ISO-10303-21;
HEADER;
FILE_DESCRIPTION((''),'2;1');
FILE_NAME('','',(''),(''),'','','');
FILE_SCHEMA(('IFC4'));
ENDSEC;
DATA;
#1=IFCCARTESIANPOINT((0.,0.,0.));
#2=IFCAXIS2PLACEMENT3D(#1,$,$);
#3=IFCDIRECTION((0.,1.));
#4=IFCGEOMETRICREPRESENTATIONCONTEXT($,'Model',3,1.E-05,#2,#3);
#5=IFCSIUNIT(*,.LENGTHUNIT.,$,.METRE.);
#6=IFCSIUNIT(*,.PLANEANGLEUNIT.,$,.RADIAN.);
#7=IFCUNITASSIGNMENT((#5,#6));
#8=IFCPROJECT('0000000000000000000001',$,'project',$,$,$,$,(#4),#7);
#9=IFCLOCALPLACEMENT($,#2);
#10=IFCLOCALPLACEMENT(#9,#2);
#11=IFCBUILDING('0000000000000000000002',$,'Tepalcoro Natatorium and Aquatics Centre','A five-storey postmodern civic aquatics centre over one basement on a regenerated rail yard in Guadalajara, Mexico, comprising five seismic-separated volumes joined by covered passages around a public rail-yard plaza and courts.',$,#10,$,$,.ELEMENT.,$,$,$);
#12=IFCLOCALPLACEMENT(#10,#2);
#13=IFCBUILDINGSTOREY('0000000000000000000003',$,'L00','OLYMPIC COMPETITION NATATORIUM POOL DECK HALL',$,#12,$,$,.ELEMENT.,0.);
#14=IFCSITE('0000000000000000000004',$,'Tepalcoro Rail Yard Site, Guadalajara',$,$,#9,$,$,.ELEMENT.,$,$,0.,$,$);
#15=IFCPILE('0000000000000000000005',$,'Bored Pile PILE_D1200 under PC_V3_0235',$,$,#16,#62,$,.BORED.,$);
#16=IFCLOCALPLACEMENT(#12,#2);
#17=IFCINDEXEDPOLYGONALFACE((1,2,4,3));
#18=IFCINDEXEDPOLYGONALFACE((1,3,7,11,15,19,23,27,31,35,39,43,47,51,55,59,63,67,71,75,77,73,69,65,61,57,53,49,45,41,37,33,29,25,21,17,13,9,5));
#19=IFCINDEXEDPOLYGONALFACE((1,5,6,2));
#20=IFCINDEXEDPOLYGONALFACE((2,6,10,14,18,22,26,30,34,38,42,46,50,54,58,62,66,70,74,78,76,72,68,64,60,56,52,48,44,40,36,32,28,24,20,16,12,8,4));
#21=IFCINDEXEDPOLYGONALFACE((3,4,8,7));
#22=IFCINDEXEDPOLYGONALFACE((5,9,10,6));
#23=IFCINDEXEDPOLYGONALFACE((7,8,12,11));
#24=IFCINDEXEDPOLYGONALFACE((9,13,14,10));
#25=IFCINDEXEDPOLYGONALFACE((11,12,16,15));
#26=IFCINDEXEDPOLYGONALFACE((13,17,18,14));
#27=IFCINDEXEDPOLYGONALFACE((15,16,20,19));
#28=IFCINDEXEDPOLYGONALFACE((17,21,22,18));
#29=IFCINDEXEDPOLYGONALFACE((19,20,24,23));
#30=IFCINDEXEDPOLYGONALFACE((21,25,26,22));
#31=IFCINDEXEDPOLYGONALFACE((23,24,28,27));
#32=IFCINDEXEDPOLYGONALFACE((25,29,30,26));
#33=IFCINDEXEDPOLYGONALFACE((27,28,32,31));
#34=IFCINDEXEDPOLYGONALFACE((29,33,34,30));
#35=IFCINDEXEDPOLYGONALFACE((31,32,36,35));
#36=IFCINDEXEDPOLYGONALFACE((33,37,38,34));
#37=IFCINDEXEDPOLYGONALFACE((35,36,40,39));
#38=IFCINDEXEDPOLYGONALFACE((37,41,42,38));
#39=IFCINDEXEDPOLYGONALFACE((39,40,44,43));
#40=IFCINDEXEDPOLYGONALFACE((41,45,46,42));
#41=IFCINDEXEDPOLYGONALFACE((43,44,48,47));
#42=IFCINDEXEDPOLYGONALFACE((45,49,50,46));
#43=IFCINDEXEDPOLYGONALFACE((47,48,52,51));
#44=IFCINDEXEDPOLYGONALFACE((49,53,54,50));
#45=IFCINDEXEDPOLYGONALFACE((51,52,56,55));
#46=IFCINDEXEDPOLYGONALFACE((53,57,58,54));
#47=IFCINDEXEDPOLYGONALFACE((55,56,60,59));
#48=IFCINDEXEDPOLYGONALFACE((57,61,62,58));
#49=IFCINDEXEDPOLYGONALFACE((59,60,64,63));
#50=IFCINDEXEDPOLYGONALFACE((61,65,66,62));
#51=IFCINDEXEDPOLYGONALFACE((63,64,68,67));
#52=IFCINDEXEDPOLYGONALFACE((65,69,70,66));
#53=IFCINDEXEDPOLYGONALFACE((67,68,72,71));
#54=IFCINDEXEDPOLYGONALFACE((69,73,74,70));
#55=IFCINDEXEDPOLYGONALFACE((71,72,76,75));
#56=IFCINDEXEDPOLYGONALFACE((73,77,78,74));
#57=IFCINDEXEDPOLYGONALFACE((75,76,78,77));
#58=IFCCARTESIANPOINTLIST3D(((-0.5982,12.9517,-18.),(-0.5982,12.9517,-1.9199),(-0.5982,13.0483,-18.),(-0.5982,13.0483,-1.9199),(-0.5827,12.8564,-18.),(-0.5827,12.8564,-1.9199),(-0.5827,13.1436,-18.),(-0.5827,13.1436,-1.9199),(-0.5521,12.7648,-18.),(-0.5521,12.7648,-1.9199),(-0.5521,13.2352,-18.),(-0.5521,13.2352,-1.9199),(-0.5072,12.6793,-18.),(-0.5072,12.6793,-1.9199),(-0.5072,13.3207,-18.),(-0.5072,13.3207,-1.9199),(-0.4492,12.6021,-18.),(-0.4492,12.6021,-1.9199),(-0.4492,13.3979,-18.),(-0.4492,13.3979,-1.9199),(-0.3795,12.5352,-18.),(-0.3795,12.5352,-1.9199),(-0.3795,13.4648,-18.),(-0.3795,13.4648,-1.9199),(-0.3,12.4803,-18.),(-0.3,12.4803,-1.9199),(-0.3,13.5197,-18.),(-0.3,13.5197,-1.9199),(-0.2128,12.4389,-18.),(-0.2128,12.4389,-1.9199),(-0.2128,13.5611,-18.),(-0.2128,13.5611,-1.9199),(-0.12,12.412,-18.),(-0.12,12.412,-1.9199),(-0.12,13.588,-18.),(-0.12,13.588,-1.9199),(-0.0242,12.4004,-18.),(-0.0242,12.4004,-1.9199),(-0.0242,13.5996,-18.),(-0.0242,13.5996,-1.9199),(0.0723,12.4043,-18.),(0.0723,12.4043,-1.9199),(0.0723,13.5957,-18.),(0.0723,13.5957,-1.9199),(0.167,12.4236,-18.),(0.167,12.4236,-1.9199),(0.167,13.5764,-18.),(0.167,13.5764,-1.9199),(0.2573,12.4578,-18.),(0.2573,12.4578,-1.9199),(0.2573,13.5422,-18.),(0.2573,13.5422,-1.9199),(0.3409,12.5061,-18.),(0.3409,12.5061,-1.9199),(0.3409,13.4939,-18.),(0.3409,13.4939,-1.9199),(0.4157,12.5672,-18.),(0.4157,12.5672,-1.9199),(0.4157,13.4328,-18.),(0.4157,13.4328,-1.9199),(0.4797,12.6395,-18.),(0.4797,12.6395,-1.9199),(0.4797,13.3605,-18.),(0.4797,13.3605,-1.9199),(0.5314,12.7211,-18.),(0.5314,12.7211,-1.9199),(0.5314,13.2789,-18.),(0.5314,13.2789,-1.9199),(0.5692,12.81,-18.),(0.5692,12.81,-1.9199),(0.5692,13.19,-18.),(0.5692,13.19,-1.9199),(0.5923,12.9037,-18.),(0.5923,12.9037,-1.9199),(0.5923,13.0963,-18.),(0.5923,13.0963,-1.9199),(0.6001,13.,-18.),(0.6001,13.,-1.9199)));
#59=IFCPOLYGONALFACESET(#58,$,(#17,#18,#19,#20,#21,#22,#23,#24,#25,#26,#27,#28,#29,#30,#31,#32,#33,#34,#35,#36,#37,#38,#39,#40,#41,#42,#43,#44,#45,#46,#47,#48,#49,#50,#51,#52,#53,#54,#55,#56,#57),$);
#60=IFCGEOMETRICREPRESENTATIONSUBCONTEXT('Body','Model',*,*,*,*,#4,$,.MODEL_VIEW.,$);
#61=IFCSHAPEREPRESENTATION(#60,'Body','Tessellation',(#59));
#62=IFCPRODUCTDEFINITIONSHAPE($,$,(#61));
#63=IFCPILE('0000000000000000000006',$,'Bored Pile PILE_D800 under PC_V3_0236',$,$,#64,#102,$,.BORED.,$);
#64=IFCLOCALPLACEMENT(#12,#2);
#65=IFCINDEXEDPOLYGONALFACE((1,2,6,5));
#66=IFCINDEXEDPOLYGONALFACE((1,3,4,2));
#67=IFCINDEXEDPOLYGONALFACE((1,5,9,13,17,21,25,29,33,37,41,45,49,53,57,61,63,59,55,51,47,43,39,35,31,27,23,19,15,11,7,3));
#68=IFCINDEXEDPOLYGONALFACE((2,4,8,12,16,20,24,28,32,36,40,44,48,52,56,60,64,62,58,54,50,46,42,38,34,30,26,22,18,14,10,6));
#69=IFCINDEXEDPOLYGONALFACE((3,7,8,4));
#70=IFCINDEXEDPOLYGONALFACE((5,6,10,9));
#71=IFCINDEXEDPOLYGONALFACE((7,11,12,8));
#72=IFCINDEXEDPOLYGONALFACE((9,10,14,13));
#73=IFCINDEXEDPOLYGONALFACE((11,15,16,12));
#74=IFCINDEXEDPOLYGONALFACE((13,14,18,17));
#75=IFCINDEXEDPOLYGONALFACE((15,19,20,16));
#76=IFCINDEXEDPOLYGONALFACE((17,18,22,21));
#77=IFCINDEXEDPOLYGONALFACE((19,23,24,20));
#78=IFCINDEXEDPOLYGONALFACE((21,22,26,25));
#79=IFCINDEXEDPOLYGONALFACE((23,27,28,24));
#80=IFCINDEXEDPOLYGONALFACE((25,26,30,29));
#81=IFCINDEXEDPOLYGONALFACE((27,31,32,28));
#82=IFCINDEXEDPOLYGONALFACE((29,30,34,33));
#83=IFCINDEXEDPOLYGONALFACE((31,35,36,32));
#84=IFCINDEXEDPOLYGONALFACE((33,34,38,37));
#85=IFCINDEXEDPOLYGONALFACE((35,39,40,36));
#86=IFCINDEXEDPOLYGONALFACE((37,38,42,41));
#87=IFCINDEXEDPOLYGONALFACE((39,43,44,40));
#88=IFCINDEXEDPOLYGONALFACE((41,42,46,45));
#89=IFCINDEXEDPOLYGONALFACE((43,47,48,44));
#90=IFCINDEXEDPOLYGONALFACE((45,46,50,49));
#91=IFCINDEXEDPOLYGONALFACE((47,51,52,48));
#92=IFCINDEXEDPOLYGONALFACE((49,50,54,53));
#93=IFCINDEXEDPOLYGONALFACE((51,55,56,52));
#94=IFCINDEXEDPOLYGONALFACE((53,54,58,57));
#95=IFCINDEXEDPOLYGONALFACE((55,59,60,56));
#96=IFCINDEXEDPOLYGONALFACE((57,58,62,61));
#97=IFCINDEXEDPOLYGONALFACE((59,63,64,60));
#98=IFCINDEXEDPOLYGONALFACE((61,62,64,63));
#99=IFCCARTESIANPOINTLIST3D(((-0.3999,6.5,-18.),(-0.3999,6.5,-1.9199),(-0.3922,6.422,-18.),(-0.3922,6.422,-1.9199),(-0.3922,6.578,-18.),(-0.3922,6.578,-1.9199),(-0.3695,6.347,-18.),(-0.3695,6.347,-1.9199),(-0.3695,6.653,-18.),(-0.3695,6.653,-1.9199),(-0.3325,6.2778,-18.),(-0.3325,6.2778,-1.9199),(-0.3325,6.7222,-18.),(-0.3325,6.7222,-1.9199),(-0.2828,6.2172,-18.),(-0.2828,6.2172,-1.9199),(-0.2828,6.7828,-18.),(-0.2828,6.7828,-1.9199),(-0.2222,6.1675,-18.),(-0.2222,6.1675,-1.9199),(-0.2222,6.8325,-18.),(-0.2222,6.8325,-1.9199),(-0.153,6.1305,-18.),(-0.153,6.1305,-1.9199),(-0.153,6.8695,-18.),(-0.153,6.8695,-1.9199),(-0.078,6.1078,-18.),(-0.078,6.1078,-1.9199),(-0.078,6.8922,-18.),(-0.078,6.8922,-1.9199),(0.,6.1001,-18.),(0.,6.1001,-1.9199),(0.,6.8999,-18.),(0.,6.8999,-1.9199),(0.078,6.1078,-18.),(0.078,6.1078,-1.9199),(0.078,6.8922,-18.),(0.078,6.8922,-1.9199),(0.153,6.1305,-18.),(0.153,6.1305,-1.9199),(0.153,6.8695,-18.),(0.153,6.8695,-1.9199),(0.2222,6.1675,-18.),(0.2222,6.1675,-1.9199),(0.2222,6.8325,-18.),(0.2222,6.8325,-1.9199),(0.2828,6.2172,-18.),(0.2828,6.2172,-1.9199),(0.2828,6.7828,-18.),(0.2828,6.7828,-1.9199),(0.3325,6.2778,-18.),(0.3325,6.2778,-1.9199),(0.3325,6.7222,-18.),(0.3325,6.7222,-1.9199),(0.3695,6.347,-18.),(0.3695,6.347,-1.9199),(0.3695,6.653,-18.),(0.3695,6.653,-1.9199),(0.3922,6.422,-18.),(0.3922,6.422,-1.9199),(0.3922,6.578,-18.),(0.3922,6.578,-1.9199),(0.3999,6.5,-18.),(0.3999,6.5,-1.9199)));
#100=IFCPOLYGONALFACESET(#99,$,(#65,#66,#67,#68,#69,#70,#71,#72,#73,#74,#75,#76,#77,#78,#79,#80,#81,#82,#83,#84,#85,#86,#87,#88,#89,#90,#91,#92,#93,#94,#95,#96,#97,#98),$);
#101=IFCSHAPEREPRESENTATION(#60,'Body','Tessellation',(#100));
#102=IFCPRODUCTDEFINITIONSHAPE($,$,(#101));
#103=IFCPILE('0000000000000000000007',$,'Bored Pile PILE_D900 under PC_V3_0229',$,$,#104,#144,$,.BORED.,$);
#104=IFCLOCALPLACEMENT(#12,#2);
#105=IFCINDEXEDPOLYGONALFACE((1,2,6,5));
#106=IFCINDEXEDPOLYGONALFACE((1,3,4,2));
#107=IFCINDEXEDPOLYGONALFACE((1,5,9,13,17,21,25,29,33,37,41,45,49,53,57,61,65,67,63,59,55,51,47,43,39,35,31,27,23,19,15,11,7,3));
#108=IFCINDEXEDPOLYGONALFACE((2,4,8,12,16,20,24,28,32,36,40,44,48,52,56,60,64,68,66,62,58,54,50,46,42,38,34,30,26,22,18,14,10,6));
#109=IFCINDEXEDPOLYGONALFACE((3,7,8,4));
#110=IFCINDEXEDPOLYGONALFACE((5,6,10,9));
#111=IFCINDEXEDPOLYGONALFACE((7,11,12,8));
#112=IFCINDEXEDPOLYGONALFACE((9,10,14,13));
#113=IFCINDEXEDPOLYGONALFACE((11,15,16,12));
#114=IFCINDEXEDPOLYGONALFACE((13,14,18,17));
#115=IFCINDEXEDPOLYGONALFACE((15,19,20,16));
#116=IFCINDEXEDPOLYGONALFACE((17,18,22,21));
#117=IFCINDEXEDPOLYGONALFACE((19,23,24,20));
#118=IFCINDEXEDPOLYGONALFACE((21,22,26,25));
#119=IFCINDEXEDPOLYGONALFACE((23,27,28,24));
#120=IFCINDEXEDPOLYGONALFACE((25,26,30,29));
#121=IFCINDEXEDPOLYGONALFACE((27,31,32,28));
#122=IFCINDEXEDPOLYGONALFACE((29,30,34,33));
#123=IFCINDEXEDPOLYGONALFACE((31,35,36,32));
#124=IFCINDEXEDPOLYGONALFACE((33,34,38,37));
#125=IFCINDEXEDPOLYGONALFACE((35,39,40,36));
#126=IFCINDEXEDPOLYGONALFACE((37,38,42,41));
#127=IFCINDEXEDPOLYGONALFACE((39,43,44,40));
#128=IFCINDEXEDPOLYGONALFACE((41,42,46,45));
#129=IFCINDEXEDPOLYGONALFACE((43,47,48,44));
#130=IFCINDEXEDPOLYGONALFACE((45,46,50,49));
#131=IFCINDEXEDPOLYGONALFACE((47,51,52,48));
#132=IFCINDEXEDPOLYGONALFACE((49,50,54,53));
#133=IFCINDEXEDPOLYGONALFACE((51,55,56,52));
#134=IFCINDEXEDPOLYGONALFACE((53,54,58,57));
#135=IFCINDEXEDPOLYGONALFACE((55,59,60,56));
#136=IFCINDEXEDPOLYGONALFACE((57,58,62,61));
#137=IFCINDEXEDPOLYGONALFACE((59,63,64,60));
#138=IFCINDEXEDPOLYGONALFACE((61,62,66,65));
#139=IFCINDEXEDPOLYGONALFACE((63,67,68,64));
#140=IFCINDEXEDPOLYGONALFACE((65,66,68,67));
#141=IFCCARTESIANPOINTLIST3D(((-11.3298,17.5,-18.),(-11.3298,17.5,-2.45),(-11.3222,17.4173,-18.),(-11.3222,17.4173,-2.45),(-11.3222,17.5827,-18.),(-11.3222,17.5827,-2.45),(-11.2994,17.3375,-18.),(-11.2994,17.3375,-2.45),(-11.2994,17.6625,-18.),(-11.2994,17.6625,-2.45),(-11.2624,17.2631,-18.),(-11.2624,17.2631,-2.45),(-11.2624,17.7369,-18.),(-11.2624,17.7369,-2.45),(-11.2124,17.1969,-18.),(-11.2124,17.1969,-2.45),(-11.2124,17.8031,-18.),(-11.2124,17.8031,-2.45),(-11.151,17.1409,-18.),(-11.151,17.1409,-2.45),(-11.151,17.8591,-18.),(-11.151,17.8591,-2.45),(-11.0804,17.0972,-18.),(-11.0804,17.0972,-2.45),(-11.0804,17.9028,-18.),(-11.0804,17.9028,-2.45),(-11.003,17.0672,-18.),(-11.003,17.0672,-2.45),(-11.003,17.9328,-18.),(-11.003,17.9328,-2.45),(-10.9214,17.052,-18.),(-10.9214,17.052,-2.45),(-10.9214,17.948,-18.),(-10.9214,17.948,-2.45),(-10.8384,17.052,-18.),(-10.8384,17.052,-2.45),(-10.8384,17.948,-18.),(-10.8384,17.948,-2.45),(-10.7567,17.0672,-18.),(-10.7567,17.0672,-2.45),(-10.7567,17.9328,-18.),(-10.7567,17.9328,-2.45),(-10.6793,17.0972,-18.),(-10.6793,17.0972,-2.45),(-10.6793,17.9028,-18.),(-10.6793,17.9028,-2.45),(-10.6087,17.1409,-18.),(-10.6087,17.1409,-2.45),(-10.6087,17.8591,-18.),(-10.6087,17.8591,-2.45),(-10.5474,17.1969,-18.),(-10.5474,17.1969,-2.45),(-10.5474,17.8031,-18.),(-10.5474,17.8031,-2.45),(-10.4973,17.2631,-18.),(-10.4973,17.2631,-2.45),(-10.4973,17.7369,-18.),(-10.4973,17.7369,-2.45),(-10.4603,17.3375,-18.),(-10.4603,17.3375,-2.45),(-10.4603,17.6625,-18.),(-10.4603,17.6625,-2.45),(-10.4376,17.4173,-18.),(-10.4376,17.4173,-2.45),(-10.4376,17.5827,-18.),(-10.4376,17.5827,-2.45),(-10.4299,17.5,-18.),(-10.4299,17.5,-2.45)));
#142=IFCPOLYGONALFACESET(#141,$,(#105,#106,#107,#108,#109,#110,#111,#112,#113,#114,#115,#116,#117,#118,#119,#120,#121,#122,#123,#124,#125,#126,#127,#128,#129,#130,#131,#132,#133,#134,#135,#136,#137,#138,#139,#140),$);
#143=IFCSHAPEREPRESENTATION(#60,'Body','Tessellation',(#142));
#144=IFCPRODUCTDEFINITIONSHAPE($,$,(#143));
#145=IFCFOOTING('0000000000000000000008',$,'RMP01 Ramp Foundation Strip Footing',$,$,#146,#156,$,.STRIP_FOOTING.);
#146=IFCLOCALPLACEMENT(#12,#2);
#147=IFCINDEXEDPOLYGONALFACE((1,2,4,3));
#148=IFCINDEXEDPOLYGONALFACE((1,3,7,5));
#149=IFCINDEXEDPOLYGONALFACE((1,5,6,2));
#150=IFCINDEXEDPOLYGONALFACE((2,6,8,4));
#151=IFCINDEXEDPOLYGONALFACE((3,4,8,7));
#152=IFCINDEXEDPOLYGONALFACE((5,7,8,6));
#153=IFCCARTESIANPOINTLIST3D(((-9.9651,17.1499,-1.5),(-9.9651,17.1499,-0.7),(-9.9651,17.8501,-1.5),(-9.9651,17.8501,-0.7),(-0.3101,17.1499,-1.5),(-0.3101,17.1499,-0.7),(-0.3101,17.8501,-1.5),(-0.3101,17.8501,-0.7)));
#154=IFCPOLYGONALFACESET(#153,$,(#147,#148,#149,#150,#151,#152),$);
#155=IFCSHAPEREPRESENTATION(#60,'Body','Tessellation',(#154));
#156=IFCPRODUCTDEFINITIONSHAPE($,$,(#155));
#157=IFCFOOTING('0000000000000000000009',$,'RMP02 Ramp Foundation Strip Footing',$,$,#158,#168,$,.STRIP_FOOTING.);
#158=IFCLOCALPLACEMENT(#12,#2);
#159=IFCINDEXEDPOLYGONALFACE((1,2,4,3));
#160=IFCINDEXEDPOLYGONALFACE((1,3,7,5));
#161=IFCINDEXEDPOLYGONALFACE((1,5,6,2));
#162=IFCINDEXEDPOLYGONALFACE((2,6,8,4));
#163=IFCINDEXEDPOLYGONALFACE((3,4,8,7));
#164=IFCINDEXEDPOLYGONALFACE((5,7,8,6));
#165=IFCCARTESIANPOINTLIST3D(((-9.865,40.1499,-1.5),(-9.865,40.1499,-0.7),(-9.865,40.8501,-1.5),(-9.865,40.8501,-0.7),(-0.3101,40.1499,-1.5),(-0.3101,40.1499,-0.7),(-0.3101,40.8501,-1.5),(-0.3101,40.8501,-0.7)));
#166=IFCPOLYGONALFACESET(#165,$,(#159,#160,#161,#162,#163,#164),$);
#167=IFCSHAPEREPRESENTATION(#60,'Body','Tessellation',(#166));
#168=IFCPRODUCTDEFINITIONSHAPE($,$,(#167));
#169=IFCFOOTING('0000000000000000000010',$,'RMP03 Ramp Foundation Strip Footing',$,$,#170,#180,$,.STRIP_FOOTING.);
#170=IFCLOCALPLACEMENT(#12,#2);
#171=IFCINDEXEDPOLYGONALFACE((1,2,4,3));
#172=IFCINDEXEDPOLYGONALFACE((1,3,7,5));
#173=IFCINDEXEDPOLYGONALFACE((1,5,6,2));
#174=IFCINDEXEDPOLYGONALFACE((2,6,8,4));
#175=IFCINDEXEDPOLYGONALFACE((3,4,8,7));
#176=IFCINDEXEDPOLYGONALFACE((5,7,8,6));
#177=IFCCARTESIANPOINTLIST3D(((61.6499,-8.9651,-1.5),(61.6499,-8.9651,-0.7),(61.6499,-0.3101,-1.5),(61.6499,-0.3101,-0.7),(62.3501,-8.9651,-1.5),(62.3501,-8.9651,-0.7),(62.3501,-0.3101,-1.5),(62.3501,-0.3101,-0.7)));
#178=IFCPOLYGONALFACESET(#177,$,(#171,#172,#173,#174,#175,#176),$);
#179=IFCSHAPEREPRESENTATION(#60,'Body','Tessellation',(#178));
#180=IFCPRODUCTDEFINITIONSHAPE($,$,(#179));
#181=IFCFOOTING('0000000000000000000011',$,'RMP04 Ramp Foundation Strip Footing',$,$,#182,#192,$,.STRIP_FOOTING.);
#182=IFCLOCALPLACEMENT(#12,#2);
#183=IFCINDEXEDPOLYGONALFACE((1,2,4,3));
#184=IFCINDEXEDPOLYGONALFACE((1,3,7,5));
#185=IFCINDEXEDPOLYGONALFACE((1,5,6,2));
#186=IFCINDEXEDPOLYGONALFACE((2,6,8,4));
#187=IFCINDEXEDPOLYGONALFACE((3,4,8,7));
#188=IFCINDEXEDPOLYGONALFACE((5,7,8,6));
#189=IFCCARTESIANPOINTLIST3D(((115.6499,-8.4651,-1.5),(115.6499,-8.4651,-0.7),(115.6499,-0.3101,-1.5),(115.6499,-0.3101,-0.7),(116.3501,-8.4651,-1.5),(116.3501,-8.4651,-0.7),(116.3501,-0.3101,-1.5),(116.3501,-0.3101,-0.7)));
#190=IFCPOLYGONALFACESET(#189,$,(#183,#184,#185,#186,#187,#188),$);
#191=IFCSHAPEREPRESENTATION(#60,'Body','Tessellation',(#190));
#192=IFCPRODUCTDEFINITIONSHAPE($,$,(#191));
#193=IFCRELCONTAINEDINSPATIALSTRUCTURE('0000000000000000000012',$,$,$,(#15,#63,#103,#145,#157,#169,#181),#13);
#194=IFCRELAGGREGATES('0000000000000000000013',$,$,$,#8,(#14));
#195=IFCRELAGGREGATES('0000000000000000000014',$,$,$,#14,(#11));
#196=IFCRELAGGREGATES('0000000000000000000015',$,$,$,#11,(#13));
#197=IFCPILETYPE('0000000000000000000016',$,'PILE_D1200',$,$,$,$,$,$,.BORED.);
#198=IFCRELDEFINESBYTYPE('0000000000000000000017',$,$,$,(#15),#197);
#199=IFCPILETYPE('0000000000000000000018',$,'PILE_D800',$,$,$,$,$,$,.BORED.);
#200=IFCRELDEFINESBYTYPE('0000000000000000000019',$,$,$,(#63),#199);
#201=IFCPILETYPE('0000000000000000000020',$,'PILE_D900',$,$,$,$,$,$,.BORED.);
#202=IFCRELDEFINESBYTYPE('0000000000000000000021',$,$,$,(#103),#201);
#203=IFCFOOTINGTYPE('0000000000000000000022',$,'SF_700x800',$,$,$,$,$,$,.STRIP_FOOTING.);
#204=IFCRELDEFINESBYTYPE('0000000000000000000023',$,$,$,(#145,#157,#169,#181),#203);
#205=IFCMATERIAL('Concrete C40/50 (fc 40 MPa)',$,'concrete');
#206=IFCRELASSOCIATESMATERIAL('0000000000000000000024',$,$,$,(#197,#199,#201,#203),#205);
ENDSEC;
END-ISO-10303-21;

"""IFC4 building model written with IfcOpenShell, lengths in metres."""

from ifc_helpers import new_model, si_unit, direction, frame, origin, origin_2d, place, context, subcontext, project, spatial, polyline, circle, outline, extrude, material, material_profile, profile_set, type_object, element, save


model = new_model("IFC4")

# Units and contexts
model_context = context("Model", 3, precision=1e-05, world=origin(), true_north=direction((0.0, 1.0)))
body_context = subcontext(model_context, "Body", "Model", "MODEL_VIEW")
ifc_project = project(units=[si_unit("LENGTHUNIT", "METRE"), si_unit("PLANEANGLEUNIT", "RADIAN")], contexts=[model_context])

# Site, building, storey
site_placement = place(None, origin())
site = spatial("IfcSite", under=ifc_project, at=site_placement, Name="Tepalcoro Rail Yard Site, Guadalajara", CompositionType="ELEMENT", RefElevation=0.0)
building_placement = place(site_placement, origin())
building = spatial("IfcBuilding", under=site, at=building_placement, Name="Tepalcoro Natatorium and Aquatics Centre", Description="A five-storey postmodern civic aquatics centre over one basement on a regenerated rail yard in Guadalajara, Mexico, comprising five seismic-separated volumes joined by covered passages around a public rail-yard plaza and courts.", CompositionType="ELEMENT")
storey_placement = place(building_placement, origin())
storey = spatial("IfcBuildingStorey", under=building, at=storey_placement, Name="L00", Description="OLYMPIC COMPETITION NATATORIUM POOL DECK HALL", CompositionType="ELEMENT", Elevation=0.0)

# Piles
ifc_material_1 = material(Name="Concrete C40/50 (fc 40 MPa)", Category="concrete")
ifc_material_profile_1 = material_profile(ifc_material_1, circle(Radius=0.6001, at=origin_2d()), Name="PILE_D1200")
ifc_profile_set_1 = profile_set([ifc_material_profile_1], Name="Concrete C40/50 (fc 40 MPa)")
pile_type_1 = type_object("IfcPileType", Name="PILE_D1200", PredefinedType="BORED", material=ifc_profile_set_1)
pile_1_placement = place(storey_placement, frame((0.0, 13.0, -1.9199), z_axis=(0.0, 0.0, -1.0), x_axis=(1.0, 0.0, 0.0)))
element("IfcPile", 1, at=pile_1_placement, inside=storey, type_object=pile_type_1, Name="Bored Pile PILE_D1200 under PC_V3_0235", PredefinedType="BORED", context=body_context, shape_type="SweptSolid", body=[
    extrude(circle(Radius=0.6001, at=origin_2d()), origin(), (0.0, 0.0, 1.0), 16.0801),
])
ifc_material_profile_2 = material_profile(ifc_material_1, circle(Radius=0.3999, at=origin_2d()), Name="PILE_D800")
ifc_profile_set_2 = profile_set([ifc_material_profile_2], Name="Concrete C40/50 (fc 40 MPa)")
pile_type_2 = type_object("IfcPileType", Name="PILE_D800", PredefinedType="BORED", material=ifc_profile_set_2)
pile_2_placement = place(storey_placement, frame((0.0, 6.5, -1.9199), z_axis=(0.0, 0.0, -1.0), x_axis=(1.0, 0.0, 0.0)))
element("IfcPile", 2, at=pile_2_placement, inside=storey, type_object=pile_type_2, Name="Bored Pile PILE_D800 under PC_V3_0236", PredefinedType="BORED", context=body_context, shape_type="SweptSolid", body=[
    extrude(circle(Radius=0.3999, at=origin_2d()), origin(), (0.0, 0.0, 1.0), 16.0801),
])
ifc_material_profile_3 = material_profile(ifc_material_1, circle(Radius=0.45, at=origin_2d()), Name="PILE_D900")
ifc_profile_set_3 = profile_set([ifc_material_profile_3], Name="Concrete C40/50 (fc 40 MPa)")
pile_type_3 = type_object("IfcPileType", Name="PILE_D900", PredefinedType="BORED", material=ifc_profile_set_3)
pile_3_placement = place(storey_placement, frame((-10.8799, 17.5, -2.45), z_axis=(0.0, 0.0, -1.0), x_axis=(1.0, 0.0, 0.0)))
element("IfcPile", 3, at=pile_3_placement, inside=storey, type_object=pile_type_3, Name="Bored Pile PILE_D900 under PC_V3_0229", PredefinedType="BORED", context=body_context, shape_type="SweptSolid", body=[
    extrude(circle(Radius=0.45, at=origin_2d()), origin(), (0.0, 0.0, 1.0), 15.55),
])

# Footings
footing_type = type_object("IfcFootingType", Name="SF_700x800", PredefinedType="STRIP_FOOTING", material=ifc_material_1)
footing_1_placement = place(storey_placement, frame((0.0, 0.0, -1.5)))
element("IfcFooting", 4, at=footing_1_placement, inside=storey, type_object=footing_type, Name="RMP01 Ramp Foundation Strip Footing", PredefinedType="STRIP_FOOTING", context=body_context, shape_type="SweptSolid", body=[
    extrude(outline(polyline([(-0.3101, 17.8501), (-0.3101, 17.1499), (-9.9651, 17.1499), (-9.9651, 17.8501), (-0.3101, 17.8501)])), origin(), (0.0, 0.0, 1.0), 0.8),
])
footing_2_placement = place(storey_placement, frame((0.0, 0.0, -1.5)))
element("IfcFooting", 5, at=footing_2_placement, inside=storey, type_object=footing_type, Name="RMP02 Ramp Foundation Strip Footing", PredefinedType="STRIP_FOOTING", context=body_context, shape_type="SweptSolid", body=[
    extrude(outline(polyline([(-0.3101, 40.8501), (-0.3101, 40.1499), (-9.865, 40.1499), (-9.865, 40.8501), (-0.3101, 40.8501)])), origin(), (0.0, 0.0, 1.0), 0.8),
])
footing_3_placement = place(storey_placement, frame((0.0, 0.0, -1.5)))
element("IfcFooting", 6, at=footing_3_placement, inside=storey, type_object=footing_type, Name="RMP03 Ramp Foundation Strip Footing", PredefinedType="STRIP_FOOTING", context=body_context, shape_type="SweptSolid", body=[
    extrude(outline(polyline([(61.6499, -0.3101), (62.3501, -0.3101), (62.3501, -8.9651), (61.6499, -8.9651), (61.6499, -0.3101)])), origin(), (0.0, 0.0, 1.0), 0.8),
])
footing_4_placement = place(storey_placement, frame((0.0, 0.0, -1.5)))
element("IfcFooting", 7, at=footing_4_placement, inside=storey, type_object=footing_type, Name="RMP04 Ramp Foundation Strip Footing", PredefinedType="STRIP_FOOTING", context=body_context, shape_type="SweptSolid", body=[
    extrude(outline(polyline([(115.6499, -0.3101), (116.3501, -0.3101), (116.3501, -8.4651), (115.6499, -8.4651), (115.6499, -0.3101)])), origin(), (0.0, 0.0, 1.0), 0.8),
])

save(model, "model.ifc")
